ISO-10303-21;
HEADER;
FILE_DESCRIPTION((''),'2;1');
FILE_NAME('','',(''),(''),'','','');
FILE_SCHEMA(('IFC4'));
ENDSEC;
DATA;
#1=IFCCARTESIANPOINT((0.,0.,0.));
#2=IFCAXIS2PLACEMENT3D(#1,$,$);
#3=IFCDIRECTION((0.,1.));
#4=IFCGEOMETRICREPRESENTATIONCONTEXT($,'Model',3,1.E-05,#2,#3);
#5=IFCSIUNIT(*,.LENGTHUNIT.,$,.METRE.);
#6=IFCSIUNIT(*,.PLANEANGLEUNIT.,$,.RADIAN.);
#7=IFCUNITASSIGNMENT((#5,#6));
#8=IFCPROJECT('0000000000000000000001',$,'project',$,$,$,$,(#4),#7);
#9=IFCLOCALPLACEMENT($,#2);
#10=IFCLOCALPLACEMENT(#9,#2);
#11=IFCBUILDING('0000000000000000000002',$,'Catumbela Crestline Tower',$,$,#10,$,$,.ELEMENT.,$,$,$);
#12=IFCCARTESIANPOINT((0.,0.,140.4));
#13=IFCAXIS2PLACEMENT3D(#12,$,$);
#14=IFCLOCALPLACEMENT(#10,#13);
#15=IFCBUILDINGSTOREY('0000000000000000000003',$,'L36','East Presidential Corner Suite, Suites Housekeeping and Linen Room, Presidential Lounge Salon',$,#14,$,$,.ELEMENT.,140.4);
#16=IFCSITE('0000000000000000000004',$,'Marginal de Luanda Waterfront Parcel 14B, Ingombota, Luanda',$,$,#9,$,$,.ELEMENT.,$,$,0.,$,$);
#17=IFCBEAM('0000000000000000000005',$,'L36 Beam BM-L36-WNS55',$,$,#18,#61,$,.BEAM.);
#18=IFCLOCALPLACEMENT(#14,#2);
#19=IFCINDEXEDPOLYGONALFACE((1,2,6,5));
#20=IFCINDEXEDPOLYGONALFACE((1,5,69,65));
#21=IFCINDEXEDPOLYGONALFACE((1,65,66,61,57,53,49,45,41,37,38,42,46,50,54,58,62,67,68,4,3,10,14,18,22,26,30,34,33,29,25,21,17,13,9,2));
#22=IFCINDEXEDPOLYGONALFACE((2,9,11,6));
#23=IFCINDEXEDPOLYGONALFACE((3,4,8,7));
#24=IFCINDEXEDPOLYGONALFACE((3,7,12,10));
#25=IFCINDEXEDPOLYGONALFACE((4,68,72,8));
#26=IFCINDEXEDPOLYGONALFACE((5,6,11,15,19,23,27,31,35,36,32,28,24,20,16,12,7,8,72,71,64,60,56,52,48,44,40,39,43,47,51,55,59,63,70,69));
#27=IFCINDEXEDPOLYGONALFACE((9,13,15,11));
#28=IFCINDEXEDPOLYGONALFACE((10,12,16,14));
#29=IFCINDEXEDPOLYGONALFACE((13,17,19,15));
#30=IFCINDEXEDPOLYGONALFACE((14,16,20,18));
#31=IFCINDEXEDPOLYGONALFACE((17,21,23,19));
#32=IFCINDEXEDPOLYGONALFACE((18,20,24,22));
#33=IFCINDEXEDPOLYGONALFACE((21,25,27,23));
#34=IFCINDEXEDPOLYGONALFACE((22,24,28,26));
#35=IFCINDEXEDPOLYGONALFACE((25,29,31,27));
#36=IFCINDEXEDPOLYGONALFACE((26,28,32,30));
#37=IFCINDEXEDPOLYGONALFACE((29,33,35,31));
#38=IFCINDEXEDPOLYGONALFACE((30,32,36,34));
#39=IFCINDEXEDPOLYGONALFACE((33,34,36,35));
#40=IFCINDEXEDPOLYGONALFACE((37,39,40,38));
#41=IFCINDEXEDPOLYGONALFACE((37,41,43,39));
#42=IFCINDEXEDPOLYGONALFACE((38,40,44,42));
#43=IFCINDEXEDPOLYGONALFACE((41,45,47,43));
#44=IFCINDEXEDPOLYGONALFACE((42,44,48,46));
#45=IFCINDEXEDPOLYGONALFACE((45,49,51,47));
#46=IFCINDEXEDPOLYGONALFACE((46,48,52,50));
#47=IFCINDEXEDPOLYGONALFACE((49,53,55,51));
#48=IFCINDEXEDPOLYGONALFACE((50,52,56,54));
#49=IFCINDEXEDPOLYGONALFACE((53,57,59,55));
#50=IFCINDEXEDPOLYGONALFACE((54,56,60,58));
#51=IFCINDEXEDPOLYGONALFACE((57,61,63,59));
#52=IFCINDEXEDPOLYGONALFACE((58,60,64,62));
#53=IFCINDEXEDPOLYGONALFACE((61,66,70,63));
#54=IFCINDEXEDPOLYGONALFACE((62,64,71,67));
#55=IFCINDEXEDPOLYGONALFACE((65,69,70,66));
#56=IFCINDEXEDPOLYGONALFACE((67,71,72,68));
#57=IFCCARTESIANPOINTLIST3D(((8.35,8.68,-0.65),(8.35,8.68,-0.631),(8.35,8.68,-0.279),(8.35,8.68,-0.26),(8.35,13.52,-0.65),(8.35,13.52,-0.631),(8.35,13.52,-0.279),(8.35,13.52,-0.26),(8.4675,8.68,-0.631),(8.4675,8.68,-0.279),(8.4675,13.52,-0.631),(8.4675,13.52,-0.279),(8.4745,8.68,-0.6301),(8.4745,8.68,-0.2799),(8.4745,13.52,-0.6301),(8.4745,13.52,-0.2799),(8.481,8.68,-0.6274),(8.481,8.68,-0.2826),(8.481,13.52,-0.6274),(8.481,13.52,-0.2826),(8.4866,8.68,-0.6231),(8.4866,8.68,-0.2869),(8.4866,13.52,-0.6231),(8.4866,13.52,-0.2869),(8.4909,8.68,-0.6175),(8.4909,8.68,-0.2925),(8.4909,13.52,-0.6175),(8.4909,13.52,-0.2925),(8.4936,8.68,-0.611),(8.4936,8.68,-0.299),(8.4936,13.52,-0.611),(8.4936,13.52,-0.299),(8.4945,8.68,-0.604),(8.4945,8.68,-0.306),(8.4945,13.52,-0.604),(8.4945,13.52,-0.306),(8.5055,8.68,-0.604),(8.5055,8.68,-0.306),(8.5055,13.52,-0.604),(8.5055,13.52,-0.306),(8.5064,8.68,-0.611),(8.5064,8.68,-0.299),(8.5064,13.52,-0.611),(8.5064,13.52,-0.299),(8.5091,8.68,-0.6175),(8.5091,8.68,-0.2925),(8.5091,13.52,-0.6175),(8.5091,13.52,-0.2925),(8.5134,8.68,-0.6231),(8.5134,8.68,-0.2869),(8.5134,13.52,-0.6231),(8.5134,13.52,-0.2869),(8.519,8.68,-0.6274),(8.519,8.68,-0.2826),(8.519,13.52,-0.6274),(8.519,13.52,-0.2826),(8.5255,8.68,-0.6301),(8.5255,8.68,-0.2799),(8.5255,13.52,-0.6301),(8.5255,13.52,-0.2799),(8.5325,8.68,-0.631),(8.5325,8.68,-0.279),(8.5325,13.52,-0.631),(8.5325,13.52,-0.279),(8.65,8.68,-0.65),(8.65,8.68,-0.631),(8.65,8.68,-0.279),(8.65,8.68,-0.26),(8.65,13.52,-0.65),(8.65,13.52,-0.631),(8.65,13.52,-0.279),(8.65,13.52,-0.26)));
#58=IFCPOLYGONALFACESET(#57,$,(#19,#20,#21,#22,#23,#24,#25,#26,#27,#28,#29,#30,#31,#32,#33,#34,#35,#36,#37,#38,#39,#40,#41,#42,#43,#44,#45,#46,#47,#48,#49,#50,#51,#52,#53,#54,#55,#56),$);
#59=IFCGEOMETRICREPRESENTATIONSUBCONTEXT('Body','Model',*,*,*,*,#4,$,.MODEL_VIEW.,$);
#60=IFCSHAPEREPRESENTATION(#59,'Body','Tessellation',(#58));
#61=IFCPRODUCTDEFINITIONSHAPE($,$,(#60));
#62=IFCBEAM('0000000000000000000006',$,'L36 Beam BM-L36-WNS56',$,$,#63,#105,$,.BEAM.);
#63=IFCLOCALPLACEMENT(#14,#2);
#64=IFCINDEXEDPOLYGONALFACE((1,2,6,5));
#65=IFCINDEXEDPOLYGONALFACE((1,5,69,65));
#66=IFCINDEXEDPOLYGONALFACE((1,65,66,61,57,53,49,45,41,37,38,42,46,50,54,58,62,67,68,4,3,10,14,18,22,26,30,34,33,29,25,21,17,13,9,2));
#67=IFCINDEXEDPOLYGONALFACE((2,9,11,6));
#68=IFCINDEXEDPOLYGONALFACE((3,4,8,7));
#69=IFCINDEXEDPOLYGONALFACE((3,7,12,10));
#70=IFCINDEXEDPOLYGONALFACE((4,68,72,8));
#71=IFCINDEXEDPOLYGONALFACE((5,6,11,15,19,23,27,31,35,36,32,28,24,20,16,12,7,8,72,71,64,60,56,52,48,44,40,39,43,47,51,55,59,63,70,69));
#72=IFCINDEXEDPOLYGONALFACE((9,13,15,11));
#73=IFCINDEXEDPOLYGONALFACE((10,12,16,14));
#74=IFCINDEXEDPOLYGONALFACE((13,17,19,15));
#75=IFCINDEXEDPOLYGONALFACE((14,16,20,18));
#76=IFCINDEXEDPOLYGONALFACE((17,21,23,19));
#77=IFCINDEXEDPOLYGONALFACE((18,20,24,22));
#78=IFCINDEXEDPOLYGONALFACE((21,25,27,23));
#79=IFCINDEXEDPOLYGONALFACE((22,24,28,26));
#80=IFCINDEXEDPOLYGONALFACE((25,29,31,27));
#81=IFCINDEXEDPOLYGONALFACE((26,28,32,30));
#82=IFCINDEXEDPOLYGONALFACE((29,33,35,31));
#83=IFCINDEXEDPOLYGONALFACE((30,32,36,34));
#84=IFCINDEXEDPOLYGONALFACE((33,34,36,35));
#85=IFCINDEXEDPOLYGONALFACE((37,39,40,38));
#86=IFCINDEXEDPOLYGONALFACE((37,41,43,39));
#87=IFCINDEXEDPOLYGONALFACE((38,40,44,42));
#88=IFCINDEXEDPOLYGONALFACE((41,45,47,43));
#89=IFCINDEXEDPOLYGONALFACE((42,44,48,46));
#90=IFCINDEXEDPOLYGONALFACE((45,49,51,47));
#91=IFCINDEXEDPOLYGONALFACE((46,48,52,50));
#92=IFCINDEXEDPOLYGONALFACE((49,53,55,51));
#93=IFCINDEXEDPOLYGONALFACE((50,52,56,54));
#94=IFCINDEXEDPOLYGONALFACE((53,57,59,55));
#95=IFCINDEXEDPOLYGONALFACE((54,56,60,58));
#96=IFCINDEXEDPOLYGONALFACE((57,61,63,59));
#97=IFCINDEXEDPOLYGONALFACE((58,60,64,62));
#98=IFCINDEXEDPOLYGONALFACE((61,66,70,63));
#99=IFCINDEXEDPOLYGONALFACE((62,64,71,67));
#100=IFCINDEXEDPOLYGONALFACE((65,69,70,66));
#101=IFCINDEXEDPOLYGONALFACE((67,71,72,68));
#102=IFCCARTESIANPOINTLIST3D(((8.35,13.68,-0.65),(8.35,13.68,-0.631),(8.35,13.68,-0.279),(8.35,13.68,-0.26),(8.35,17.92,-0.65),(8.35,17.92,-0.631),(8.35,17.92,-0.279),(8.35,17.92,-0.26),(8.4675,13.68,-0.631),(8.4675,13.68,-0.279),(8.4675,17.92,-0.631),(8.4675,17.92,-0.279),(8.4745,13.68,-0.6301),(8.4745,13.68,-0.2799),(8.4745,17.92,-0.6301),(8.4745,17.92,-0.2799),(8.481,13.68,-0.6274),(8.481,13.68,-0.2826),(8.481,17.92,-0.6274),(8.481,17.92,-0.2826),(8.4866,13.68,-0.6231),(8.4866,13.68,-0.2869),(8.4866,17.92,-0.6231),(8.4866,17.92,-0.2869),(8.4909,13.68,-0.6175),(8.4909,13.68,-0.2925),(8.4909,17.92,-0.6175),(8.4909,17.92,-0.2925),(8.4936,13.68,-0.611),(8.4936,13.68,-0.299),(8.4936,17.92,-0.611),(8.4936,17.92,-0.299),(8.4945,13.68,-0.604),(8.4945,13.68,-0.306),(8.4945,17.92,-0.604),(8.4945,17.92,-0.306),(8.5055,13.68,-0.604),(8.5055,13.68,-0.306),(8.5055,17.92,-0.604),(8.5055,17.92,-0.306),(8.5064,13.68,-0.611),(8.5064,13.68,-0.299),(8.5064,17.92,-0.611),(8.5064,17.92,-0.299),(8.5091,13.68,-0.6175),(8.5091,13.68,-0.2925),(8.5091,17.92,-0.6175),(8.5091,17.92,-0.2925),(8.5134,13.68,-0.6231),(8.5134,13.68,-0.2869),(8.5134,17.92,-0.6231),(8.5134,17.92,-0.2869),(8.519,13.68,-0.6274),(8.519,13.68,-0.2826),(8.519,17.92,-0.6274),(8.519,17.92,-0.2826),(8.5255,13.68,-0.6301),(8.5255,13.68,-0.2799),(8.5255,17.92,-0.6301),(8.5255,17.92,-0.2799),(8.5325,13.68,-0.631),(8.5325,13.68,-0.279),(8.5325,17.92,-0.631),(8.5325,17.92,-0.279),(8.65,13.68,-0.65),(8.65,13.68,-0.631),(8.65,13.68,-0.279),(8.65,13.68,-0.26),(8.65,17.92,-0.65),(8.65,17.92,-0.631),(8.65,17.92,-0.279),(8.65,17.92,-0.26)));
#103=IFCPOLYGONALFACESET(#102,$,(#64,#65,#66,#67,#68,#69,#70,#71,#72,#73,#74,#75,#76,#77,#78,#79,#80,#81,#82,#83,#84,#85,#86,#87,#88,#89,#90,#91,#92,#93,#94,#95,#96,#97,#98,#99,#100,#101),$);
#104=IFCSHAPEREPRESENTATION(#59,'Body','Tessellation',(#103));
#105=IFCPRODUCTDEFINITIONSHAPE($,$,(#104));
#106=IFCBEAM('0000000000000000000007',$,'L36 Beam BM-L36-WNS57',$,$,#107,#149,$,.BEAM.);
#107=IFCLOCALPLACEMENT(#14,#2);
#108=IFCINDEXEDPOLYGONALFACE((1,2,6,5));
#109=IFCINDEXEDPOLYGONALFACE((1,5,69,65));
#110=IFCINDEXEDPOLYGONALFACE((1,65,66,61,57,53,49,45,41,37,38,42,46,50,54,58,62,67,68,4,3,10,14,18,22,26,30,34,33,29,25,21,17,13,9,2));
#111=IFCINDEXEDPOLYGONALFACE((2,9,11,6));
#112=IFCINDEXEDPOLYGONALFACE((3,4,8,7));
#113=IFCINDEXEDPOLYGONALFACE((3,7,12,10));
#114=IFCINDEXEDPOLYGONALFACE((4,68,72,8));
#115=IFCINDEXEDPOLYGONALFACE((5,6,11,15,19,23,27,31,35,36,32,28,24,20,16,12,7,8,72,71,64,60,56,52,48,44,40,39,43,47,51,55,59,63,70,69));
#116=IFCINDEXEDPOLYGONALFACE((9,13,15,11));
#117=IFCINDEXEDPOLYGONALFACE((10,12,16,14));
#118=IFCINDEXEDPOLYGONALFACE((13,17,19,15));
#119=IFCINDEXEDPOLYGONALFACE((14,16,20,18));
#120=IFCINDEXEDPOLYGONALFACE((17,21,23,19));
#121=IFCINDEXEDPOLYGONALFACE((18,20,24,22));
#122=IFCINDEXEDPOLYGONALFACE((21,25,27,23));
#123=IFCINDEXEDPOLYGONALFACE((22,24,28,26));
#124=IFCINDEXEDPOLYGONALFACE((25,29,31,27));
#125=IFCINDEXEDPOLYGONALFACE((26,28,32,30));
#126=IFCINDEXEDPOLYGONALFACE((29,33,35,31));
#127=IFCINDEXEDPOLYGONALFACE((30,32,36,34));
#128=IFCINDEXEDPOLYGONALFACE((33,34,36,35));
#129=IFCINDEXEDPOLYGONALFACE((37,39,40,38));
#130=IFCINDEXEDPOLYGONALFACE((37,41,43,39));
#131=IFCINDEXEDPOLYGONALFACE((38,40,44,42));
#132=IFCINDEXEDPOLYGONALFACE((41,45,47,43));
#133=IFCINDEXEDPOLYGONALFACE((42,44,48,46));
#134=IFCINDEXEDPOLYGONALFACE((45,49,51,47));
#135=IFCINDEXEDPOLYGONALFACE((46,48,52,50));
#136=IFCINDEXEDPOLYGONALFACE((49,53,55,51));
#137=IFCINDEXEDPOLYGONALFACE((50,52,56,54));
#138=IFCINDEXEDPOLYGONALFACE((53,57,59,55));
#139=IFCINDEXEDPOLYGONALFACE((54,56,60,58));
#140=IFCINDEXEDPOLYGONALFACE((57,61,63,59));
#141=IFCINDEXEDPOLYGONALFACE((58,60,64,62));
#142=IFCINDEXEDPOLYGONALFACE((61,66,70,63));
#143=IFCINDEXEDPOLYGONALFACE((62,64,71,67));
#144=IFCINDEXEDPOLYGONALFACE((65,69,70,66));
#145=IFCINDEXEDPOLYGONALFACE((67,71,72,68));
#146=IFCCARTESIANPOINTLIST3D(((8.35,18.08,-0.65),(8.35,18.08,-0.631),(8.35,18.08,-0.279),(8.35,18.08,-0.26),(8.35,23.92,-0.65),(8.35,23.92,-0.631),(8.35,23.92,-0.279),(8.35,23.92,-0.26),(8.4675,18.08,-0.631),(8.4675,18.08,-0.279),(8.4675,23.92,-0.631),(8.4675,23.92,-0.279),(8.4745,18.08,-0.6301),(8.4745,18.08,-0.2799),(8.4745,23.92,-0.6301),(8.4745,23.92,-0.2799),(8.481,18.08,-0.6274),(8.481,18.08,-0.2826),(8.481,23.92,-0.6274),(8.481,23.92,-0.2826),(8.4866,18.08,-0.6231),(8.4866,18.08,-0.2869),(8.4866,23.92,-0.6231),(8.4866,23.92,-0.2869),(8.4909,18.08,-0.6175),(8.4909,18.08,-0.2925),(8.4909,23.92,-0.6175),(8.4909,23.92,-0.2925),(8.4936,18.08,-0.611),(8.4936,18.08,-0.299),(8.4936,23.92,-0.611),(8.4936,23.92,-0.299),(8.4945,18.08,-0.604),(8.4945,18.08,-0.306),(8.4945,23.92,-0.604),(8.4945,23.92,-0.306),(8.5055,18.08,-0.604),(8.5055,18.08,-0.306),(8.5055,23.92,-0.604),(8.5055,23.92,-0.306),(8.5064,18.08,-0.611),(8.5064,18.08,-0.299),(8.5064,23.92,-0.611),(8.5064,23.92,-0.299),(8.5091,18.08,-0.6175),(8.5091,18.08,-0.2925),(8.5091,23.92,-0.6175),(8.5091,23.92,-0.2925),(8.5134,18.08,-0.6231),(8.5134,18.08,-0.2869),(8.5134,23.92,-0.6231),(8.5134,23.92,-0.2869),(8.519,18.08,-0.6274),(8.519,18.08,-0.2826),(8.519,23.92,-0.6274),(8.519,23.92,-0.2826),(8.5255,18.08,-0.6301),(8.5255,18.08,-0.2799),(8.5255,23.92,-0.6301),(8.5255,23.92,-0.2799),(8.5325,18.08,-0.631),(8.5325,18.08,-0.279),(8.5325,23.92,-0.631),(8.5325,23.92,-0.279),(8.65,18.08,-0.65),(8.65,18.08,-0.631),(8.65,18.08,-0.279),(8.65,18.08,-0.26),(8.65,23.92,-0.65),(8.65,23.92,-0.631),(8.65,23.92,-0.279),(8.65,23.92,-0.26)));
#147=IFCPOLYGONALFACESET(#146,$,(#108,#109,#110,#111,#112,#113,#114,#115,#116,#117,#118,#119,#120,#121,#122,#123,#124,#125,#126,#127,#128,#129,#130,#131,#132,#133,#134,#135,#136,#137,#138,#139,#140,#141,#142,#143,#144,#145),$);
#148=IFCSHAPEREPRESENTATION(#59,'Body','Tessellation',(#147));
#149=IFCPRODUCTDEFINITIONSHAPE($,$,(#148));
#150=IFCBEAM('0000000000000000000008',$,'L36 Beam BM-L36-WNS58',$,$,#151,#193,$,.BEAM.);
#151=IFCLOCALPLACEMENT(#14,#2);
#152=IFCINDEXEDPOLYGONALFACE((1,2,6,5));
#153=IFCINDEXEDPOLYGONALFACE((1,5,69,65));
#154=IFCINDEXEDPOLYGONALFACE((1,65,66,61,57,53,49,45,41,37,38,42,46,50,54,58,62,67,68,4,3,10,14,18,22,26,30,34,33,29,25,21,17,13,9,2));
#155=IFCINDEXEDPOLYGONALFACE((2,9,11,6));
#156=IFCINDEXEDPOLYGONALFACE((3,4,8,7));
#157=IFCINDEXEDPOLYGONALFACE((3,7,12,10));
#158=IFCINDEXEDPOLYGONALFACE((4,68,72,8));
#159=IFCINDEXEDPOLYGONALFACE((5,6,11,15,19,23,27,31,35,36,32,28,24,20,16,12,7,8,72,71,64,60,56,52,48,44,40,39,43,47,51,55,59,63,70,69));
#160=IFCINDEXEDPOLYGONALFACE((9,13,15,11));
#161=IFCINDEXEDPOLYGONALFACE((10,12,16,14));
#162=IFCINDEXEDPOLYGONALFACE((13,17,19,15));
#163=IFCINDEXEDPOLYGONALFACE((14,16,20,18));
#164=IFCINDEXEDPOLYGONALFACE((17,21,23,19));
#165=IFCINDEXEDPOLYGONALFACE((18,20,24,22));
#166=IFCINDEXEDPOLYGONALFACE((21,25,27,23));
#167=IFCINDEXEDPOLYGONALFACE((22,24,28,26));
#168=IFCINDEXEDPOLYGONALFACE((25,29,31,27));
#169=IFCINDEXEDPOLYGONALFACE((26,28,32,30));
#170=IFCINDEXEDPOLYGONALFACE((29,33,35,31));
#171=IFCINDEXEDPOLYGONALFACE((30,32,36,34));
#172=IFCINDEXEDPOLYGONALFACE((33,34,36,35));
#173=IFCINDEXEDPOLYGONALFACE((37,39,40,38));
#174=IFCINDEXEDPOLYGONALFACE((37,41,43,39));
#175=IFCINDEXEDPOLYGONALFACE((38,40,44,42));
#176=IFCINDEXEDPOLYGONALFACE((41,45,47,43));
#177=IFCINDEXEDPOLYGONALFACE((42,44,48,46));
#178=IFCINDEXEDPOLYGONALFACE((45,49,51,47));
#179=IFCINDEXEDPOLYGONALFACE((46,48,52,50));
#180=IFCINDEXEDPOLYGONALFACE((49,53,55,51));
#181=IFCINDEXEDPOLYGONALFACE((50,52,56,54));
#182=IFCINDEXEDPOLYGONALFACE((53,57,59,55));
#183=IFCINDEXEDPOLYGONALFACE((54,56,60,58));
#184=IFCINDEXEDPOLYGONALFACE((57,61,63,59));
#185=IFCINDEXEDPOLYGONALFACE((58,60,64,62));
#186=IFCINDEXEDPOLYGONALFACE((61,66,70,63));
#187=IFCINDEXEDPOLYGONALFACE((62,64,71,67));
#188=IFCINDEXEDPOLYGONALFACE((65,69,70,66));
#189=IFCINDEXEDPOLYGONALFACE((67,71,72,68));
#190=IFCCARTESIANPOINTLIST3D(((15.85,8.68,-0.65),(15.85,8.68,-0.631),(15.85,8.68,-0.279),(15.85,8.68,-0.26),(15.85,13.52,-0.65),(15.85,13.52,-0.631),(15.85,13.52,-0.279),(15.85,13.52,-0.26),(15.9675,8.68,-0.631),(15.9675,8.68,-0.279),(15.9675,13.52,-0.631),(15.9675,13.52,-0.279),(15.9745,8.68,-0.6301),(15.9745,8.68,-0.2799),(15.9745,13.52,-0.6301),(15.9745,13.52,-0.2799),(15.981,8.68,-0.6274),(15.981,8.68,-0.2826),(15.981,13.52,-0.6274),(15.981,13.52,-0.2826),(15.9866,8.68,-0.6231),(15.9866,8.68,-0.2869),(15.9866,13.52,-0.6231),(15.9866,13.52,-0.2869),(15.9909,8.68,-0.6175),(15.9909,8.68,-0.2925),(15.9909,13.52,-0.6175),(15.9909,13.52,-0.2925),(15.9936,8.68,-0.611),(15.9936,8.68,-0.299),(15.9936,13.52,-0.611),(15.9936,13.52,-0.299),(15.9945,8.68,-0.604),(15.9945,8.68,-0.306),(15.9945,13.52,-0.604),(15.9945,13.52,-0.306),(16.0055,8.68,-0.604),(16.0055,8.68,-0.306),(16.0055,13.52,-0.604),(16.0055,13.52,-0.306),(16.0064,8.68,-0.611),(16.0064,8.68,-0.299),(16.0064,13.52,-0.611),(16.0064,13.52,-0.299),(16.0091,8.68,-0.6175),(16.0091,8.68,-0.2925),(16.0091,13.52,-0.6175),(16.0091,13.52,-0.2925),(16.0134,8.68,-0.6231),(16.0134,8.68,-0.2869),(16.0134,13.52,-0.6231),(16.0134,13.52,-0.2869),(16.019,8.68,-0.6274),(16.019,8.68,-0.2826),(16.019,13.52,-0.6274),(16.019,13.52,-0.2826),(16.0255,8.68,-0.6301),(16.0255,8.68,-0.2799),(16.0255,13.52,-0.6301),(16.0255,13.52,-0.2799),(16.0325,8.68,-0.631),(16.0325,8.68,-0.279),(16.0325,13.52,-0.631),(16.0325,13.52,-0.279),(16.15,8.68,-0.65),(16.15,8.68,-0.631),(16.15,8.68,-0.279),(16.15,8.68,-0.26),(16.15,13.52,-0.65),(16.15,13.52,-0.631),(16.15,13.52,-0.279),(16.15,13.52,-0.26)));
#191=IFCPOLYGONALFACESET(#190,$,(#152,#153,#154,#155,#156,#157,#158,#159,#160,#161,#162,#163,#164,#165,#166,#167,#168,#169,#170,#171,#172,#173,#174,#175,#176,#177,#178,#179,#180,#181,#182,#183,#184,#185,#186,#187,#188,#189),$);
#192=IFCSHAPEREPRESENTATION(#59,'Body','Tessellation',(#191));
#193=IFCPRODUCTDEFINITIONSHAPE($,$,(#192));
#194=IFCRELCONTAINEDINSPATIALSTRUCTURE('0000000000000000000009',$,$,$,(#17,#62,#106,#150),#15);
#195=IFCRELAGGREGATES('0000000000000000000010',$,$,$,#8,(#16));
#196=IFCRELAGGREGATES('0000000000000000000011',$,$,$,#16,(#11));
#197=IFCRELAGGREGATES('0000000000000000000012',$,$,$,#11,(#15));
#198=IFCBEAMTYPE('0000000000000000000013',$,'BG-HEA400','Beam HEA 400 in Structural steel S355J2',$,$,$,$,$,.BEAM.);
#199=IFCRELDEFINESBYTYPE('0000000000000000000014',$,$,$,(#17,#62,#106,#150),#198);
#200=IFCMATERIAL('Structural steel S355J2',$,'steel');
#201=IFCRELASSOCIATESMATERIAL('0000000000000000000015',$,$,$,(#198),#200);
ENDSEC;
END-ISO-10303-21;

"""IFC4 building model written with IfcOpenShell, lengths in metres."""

from ifc_helpers import new_model, si_unit, direction, frame, origin, origin_2d, place, context, subcontext, project, spatial, i_section, extrude, material, material_profile, profile_set, type_object, element, save


model = new_model("IFC4")

# Units and contexts
model_context = context("Model", 3, precision=1e-05, world=origin(), true_north=direction((0.0, 1.0)))
body_context = subcontext(model_context, "Body", "Model", "MODEL_VIEW")
ifc_project = project(units=[si_unit("LENGTHUNIT", "METRE"), si_unit("PLANEANGLEUNIT", "RADIAN")], contexts=[model_context])

# Site, building, storey
site_placement = place(None, origin())
site = spatial("IfcSite", under=ifc_project, at=site_placement, Name="Marginal de Luanda Waterfront Parcel 14B, Ingombota, Luanda", CompositionType="ELEMENT", RefElevation=0.0)
building_placement = place(site_placement, origin())
building = spatial("IfcBuilding", under=site, at=building_placement, Name="Catumbela Crestline Tower", CompositionType="ELEMENT")
storey_placement = place(building_placement, frame((0.0, 0.0, 140.4)))
storey = spatial("IfcBuildingStorey", under=building, at=storey_placement, Name="L36", Description="East Presidential Corner Suite, Suites Housekeeping and Linen Room, Presidential Lounge Salon", CompositionType="ELEMENT", Elevation=140.4)

# Beams
ifc_material_1 = material(Name="Structural steel S355J2", Category="steel")
ifc_material_profile_1 = material_profile(ifc_material_1, i_section(OverallWidth=0.3, OverallDepth=0.39, WebThickness=0.011, FlangeThickness=0.019, FilletRadius=0.027, at=origin_2d()), Name="HEA 400")
ifc_profile_set_1 = profile_set([ifc_material_profile_1], Name="Structural steel S355J2")
beam_type_1 = type_object("IfcBeamType", Name="BG-HEA400", Description="Beam HEA 400 in Structural steel S355J2", PredefinedType="BEAM", material=ifc_profile_set_1)
beam_1_placement = place(storey_placement, frame((8.5, 8.68, -0.455), z_axis=(0.0, 1.0, 0.0), x_axis=(-1.0, 0.0, 0.0)))
element("IfcBeam", 1, at=beam_1_placement, inside=storey, type_object=beam_type_1, Name="L36 Beam BM-L36-WNS55", PredefinedType="BEAM", context=body_context, shape_type="SweptSolid", body=[
    extrude(i_section(OverallWidth=0.3, OverallDepth=0.39, WebThickness=0.011, FlangeThickness=0.019, FilletRadius=0.027, at=origin_2d()), origin(), (0.0, 0.0, 1.0), 4.84),
])
beam_2_placement = place(storey_placement, frame((8.5, 13.68, -0.455), z_axis=(0.0, 1.0, 0.0), x_axis=(-1.0, 0.0, 0.0)))
element("IfcBeam", 2, at=beam_2_placement, inside=storey, type_object=beam_type_1, Name="L36 Beam BM-L36-WNS56", PredefinedType="BEAM", context=body_context, shape_type="SweptSolid", body=[
    extrude(i_section(OverallWidth=0.3, OverallDepth=0.39, WebThickness=0.011, FlangeThickness=0.019, FilletRadius=0.027, at=origin_2d()), origin(), (0.0, 0.0, 1.0), 4.24),
])
beam_3_placement = place(storey_placement, frame((8.5, 18.08, -0.455), z_axis=(0.0, 1.0, 0.0), x_axis=(-1.0, 0.0, 0.0)))
element("IfcBeam", 3, at=beam_3_placement, inside=storey, type_object=beam_type_1, Name="L36 Beam BM-L36-WNS57", PredefinedType="BEAM", context=body_context, shape_type="SweptSolid", body=[
    extrude(i_section(OverallWidth=0.3, OverallDepth=0.39, WebThickness=0.011, FlangeThickness=0.019, FilletRadius=0.027, at=origin_2d()), origin(), (0.0, 0.0, 1.0), 5.84),
])
beam_4_placement = place(storey_placement, frame((16.0, 8.68, -0.455), z_axis=(0.0, 1.0, 0.0), x_axis=(-1.0, 0.0, 0.0)))
element("IfcBeam", 4, at=beam_4_placement, inside=storey, type_object=beam_type_1, Name="L36 Beam BM-L36-WNS58", PredefinedType="BEAM", context=body_context, shape_type="SweptSolid", body=[
    extrude(i_section(OverallWidth=0.3, OverallDepth=0.39, WebThickness=0.011, FlangeThickness=0.019, FilletRadius=0.027, at=origin_2d()), origin(), (0.0, 0.0, 1.0), 4.84),
])

save(model, "model.ifc")
